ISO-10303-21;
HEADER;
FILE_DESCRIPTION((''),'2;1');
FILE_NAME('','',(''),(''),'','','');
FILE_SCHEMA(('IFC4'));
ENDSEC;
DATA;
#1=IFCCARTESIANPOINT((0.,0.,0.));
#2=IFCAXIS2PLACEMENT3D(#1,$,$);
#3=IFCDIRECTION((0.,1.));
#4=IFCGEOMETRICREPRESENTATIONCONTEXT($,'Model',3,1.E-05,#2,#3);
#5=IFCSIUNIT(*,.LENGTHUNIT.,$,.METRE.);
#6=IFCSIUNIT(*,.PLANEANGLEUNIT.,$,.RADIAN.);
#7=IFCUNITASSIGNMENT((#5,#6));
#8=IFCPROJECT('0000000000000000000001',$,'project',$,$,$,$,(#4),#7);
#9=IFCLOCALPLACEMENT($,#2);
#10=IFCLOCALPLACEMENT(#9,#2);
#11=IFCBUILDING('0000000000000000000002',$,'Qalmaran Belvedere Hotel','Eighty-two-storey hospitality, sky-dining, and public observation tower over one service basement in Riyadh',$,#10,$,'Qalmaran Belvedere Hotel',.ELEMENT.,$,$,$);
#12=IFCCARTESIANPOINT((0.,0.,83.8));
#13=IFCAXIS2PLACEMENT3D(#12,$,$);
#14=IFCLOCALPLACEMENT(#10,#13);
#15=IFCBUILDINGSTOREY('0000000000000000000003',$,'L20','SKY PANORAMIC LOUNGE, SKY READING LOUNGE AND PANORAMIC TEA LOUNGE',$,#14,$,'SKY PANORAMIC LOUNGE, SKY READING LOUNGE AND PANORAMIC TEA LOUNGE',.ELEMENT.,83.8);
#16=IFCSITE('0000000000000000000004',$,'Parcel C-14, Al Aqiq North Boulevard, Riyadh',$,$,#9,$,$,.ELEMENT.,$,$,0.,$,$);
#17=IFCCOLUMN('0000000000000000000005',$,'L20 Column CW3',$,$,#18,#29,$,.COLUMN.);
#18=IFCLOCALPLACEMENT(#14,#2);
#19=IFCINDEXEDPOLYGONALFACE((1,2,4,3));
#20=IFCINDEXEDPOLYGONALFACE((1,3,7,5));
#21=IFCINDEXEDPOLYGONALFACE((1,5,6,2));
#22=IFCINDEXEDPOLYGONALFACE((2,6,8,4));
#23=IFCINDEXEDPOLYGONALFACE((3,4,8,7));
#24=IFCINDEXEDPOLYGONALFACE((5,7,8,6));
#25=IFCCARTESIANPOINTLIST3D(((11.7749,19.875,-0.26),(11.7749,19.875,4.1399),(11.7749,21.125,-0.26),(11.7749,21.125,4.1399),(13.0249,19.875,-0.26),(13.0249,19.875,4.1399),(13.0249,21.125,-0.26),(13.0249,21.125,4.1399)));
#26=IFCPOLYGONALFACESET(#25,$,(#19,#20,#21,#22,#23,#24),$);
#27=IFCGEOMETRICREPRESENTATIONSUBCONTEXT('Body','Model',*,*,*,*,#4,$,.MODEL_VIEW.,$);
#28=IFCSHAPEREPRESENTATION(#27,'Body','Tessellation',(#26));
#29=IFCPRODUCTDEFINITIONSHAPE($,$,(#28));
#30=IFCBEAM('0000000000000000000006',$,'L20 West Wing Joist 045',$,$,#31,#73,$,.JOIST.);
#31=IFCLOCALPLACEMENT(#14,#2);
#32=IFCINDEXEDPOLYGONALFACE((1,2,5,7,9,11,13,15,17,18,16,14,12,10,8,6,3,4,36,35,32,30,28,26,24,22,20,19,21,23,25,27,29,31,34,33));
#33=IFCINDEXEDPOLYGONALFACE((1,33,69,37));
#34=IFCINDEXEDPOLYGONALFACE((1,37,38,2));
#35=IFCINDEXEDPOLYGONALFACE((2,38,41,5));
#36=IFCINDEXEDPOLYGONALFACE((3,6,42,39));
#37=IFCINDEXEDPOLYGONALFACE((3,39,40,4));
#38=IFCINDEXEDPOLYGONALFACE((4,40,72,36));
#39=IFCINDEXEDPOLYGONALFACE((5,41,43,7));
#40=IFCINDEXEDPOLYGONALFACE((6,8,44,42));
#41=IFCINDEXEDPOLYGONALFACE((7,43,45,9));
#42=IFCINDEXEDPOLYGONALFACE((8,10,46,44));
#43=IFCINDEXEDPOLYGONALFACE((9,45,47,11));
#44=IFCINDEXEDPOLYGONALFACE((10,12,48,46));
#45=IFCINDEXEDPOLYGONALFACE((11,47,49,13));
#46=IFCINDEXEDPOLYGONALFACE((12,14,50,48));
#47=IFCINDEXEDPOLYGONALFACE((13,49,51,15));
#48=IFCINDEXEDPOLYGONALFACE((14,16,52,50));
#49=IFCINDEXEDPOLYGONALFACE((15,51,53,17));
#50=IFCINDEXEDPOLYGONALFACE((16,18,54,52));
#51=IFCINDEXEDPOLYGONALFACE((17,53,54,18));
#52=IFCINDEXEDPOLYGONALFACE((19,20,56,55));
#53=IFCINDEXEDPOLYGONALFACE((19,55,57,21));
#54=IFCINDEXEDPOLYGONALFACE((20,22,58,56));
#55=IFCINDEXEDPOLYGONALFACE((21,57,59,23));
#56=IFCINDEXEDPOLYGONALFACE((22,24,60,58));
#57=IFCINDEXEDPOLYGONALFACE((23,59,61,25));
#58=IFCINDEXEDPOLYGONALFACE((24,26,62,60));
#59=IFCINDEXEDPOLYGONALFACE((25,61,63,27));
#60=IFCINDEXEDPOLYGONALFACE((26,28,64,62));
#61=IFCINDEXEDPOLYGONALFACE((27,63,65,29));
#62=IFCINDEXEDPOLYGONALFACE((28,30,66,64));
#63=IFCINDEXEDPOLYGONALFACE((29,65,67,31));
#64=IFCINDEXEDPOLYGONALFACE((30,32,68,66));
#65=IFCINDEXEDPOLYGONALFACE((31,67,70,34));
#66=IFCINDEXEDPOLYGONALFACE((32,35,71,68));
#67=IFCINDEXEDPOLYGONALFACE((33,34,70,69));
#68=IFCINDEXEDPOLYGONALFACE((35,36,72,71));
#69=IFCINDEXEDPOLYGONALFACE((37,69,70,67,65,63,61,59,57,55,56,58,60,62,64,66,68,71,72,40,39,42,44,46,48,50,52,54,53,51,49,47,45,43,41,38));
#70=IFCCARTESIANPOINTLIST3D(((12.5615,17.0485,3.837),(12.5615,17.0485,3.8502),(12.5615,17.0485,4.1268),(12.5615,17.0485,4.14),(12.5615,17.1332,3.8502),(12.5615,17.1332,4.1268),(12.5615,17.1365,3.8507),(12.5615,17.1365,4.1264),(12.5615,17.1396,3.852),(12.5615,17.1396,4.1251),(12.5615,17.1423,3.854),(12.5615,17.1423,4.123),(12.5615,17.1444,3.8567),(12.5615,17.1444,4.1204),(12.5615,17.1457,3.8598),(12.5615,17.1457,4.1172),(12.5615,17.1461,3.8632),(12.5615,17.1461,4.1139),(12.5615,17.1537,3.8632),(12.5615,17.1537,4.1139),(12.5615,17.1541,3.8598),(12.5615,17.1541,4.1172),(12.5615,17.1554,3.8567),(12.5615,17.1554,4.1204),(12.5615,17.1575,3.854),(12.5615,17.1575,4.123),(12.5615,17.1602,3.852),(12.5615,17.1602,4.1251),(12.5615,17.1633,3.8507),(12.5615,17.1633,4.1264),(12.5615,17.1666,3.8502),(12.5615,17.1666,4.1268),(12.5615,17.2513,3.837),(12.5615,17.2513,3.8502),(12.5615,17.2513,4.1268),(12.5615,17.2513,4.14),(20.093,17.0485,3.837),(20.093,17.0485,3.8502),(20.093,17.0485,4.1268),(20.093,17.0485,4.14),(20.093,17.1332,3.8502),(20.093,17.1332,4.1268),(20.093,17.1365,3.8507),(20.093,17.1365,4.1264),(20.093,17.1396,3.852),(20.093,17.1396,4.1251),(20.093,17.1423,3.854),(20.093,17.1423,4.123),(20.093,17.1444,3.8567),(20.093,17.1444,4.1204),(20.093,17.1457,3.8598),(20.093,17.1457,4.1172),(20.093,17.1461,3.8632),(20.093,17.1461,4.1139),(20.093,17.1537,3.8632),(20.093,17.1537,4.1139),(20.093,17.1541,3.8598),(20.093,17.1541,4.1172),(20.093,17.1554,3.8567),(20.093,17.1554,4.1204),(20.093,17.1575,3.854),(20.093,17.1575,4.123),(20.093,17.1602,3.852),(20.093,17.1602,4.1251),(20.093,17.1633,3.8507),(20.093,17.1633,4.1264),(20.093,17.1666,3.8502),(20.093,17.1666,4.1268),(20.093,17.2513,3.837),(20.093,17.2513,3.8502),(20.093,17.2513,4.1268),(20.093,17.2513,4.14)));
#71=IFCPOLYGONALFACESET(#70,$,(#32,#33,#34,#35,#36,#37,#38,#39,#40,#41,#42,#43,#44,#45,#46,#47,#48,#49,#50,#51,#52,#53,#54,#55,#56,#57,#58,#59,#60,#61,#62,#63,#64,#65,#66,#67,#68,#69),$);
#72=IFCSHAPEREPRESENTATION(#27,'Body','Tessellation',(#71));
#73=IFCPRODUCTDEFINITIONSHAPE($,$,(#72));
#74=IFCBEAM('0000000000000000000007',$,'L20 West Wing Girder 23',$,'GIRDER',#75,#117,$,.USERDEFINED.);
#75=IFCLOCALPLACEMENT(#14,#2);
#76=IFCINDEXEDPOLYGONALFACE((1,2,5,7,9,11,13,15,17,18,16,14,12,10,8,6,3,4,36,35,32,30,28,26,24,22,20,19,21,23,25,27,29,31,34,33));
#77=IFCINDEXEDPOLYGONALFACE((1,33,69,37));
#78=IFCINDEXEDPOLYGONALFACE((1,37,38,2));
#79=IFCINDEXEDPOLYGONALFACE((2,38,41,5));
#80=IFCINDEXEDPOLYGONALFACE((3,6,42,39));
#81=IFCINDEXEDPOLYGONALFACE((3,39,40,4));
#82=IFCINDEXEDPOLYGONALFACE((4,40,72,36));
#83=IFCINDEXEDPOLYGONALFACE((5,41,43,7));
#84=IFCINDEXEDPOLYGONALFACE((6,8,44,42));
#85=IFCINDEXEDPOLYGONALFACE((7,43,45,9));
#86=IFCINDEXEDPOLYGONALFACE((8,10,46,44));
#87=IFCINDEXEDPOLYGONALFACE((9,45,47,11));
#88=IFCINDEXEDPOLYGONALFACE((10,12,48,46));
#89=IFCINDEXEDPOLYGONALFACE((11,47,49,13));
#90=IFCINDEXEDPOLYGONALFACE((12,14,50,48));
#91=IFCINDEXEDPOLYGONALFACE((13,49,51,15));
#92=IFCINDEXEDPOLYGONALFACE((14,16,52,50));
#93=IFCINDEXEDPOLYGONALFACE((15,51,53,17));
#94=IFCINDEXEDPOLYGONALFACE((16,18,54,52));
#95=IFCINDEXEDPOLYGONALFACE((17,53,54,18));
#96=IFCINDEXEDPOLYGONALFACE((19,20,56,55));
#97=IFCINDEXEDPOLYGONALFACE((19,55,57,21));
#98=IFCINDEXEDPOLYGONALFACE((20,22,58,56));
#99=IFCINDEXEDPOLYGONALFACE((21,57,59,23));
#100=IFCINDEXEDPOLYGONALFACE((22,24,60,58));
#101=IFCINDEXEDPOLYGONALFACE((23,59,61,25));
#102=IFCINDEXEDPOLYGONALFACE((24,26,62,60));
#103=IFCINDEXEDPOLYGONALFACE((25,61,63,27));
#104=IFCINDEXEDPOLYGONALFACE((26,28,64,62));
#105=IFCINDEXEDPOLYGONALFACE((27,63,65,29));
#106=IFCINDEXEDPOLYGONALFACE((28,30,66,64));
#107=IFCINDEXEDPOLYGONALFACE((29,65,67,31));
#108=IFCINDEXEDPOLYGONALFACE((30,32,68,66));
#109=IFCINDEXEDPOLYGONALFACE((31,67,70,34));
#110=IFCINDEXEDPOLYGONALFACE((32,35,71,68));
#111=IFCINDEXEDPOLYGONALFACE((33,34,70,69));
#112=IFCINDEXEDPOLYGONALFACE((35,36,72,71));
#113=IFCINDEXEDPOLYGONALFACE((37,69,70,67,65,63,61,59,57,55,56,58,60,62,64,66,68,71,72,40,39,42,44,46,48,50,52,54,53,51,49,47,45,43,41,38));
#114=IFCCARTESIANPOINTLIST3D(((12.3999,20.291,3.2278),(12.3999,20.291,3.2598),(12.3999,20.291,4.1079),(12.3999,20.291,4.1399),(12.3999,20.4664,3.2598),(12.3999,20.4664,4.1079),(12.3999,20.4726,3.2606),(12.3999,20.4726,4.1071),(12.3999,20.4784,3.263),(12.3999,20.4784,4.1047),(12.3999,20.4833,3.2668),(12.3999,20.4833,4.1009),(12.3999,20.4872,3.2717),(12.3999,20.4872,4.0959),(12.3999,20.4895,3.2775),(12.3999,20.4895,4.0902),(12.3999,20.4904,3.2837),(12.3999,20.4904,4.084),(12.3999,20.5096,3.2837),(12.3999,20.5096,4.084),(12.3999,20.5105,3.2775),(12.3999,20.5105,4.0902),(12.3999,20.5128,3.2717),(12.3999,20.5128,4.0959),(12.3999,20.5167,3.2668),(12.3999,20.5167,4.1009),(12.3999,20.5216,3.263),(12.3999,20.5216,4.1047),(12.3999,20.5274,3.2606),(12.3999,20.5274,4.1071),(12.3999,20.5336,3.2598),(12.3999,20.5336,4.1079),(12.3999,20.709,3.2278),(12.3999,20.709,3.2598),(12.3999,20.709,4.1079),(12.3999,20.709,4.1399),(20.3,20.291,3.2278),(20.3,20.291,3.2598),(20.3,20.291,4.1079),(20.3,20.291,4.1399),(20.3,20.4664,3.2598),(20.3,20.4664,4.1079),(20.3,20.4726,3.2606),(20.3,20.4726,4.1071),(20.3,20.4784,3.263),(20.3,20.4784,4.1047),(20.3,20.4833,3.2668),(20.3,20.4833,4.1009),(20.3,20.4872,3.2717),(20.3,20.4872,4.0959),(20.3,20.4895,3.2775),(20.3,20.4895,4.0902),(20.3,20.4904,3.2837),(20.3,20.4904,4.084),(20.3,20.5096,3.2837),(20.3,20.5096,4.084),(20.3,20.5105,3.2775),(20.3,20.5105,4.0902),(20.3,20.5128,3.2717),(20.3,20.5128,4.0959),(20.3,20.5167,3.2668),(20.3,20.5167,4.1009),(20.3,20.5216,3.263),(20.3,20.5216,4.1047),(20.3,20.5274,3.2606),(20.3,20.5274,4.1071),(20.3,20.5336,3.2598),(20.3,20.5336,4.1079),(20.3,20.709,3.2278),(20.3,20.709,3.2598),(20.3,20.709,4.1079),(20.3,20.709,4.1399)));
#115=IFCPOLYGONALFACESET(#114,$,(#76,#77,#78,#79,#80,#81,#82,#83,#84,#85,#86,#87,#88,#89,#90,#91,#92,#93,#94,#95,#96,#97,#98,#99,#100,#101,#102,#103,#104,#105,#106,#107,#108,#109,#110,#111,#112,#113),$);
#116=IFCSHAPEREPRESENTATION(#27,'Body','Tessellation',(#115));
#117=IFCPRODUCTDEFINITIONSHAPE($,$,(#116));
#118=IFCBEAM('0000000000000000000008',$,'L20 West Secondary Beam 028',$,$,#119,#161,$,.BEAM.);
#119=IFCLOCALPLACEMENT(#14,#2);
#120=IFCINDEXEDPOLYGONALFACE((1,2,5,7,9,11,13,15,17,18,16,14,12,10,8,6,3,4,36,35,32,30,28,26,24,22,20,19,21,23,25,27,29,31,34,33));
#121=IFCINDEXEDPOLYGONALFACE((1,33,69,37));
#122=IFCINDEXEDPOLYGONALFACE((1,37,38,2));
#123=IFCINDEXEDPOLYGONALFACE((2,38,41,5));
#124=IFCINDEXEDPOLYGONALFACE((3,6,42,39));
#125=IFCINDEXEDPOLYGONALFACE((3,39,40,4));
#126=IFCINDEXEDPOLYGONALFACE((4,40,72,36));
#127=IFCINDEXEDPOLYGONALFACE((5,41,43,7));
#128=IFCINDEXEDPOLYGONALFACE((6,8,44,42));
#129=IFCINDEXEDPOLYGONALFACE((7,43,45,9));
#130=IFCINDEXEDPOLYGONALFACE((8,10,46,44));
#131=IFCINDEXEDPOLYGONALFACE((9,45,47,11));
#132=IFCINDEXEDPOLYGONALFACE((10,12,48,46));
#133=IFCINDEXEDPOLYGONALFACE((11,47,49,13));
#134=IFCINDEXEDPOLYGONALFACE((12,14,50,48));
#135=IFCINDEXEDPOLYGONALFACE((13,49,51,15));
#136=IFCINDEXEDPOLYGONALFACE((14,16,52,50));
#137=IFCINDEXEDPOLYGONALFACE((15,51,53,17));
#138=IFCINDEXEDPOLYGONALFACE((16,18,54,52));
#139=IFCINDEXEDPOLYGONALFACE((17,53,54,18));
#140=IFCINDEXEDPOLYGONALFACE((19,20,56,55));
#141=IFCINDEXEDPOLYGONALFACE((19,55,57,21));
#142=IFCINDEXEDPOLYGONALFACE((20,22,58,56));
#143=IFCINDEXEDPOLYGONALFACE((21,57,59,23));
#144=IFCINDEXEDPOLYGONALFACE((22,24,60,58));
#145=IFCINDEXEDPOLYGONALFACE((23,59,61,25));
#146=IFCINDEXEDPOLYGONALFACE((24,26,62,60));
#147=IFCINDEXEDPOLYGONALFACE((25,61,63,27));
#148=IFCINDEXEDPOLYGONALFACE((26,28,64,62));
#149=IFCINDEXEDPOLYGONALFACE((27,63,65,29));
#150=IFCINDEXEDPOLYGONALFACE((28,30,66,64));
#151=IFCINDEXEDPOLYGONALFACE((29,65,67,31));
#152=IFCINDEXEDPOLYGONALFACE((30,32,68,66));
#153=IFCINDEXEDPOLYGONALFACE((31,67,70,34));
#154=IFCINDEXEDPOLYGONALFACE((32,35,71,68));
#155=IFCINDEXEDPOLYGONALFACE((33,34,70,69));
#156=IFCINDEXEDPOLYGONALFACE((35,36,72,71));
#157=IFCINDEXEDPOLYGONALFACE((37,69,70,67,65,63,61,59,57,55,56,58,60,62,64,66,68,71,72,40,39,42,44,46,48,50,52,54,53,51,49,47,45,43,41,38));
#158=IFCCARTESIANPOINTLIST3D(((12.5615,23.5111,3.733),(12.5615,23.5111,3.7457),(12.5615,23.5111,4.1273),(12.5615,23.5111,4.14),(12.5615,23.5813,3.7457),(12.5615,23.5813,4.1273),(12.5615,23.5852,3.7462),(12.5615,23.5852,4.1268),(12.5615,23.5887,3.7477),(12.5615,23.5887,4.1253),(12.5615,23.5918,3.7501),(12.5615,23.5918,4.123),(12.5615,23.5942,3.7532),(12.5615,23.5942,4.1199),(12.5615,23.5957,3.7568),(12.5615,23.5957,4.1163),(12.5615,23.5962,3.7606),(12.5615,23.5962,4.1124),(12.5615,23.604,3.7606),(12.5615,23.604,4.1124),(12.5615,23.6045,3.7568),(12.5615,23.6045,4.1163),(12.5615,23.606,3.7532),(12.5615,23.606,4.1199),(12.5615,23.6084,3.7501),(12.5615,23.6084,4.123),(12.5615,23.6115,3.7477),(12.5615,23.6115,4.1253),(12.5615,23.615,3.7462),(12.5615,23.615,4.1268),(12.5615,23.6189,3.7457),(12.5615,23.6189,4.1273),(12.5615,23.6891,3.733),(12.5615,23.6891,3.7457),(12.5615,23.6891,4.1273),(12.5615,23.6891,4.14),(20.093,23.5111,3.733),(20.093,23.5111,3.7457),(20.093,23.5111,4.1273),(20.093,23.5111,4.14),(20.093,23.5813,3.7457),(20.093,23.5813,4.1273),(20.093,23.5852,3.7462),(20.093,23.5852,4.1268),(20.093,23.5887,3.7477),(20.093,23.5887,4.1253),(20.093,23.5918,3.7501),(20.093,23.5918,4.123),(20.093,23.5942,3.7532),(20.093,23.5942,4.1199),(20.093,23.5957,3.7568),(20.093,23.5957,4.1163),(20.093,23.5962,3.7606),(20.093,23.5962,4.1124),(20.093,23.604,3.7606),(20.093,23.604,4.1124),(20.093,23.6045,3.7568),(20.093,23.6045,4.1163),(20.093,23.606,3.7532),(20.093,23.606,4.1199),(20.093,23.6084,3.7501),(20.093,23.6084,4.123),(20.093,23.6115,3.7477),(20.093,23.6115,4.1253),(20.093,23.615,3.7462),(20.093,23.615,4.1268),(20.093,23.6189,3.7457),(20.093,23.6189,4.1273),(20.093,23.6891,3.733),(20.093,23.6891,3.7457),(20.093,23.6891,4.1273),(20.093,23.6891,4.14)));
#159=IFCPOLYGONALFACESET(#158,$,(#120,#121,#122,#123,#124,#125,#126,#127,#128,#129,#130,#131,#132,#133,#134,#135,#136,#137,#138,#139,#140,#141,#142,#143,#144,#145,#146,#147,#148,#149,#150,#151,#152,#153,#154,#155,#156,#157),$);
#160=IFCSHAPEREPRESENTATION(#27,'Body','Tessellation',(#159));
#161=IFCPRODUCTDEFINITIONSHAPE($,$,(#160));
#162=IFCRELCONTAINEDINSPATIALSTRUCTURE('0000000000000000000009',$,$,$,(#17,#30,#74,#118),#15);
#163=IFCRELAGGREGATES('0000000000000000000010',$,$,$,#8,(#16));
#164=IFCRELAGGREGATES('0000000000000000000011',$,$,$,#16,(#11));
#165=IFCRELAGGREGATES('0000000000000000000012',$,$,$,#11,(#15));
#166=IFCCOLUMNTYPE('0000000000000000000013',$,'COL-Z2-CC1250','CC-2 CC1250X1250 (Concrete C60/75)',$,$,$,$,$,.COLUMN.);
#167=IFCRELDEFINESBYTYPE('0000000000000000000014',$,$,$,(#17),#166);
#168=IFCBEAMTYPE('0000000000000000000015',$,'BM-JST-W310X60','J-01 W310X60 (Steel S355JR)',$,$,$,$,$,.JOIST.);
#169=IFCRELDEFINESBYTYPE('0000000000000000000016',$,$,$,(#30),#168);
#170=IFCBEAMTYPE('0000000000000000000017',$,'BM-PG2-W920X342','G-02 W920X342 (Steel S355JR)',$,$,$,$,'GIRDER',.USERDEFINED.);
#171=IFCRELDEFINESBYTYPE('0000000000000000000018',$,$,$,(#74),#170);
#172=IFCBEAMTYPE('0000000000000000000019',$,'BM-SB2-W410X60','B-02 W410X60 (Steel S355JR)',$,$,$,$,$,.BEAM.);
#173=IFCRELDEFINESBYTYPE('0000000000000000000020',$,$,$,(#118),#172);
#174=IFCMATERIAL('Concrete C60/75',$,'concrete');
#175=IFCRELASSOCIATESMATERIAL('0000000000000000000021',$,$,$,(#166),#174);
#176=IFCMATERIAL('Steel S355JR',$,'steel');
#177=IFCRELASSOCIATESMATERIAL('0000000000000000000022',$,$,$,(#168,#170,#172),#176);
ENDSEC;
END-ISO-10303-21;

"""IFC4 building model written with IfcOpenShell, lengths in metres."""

from ifc_helpers import new_model, si_unit, direction, frame, origin, origin_2d, place, context, subcontext, project, spatial, rectangle, i_section, extrude, material, material_profile, profile_set, type_object, element, save


model = new_model("IFC4")

# Units and contexts
model_context = context("Model", 3, precision=1e-05, world=origin(), true_north=direction((0.0, 1.0)))
body_context = subcontext(model_context, "Body", "Model", "MODEL_VIEW")
ifc_project = project(units=[si_unit("LENGTHUNIT", "METRE"), si_unit("PLANEANGLEUNIT", "RADIAN")], contexts=[model_context])

# Site, building, storey
site_placement = place(None, origin())
site = spatial("IfcSite", under=ifc_project, at=site_placement, Name="Parcel C-14, Al Aqiq North Boulevard, Riyadh", CompositionType="ELEMENT", RefElevation=0.0)
building_placement = place(site_placement, origin())
building = spatial("IfcBuilding", under=site, at=building_placement, Name="Qalmaran Belvedere Hotel", Description="Eighty-two-storey hospitality, sky-dining, and public observation tower over one service basement in Riyadh", LongName="Qalmaran Belvedere Hotel", CompositionType="ELEMENT")
storey_placement = place(building_placement, frame((0.0, 0.0, 83.8)))
storey = spatial("IfcBuildingStorey", under=building, at=storey_placement, Name="L20", Description="SKY PANORAMIC LOUNGE, SKY READING LOUNGE AND PANORAMIC TEA LOUNGE", LongName="SKY PANORAMIC LOUNGE, SKY READING LOUNGE AND PANORAMIC TEA LOUNGE", CompositionType="ELEMENT", Elevation=83.8)

# Column
ifc_material_1 = material(Name="Concrete C60/75", Category="concrete")
ifc_material_profile_1 = material_profile(ifc_material_1, rectangle(XDim=1.25, YDim=1.25, at=origin_2d()), Name="CC1250X1250")
ifc_profile_set_1 = profile_set([ifc_material_profile_1], Name="Concrete C60/75")
column_type = type_object("IfcColumnType", Name="COL-Z2-CC1250", Description="CC-2 CC1250X1250 (Concrete C60/75)", PredefinedType="COLUMN", material=ifc_profile_set_1)
column_placement = place(storey_placement, frame((12.3999, 20.5, -0.26), z_axis=(0.0, 0.0, 1.0), x_axis=(1.0, 0.0, 0.0)))
element("IfcColumn", 1, at=column_placement, inside=storey, type_object=column_type, Name="L20 Column CW3", PredefinedType="COLUMN", context=body_context, shape_type="SweptSolid", body=[
    extrude(rectangle(XDim=1.25, YDim=1.25, at=origin_2d()), origin(), (0.0, 0.0, 1.0), 4.3999),
])

# Beams
ifc_material_2 = material(Name="Steel S355JR", Category="steel")
ifc_material_profile_2 = material_profile(ifc_material_2, i_section(OverallWidth=0.2029, OverallDepth=0.303, WebThickness=0.0076, FlangeThickness=0.0132, FilletRadius=0.0129, at=origin_2d()), Name="W310X60")
ifc_profile_set_2 = profile_set([ifc_material_profile_2], Name="Steel S355JR")
beam_type_1 = type_object("IfcBeamType", Name="BM-JST-W310X60", Description="J-01 W310X60 (Steel S355JR)", PredefinedType="JOIST", material=ifc_profile_set_2)
beam_1_placement = place(storey_placement, frame((12.5615, 17.1499, 3.9885), z_axis=(1.0, 0.0, 0.0), x_axis=(0.0, 1.0, 0.0)))
element("IfcBeam", 2, at=beam_1_placement, inside=storey, type_object=beam_type_1, Name="L20 West Wing Joist 045", PredefinedType="JOIST", context=body_context, shape_type="SweptSolid", body=[
    extrude(i_section(OverallWidth=0.2029, OverallDepth=0.303, WebThickness=0.0076, FlangeThickness=0.0132, FilletRadius=0.0129, at=origin_2d()), origin(), (0.0, 0.0, 1.0), 7.5315),
])
ifc_material_profile_3 = material_profile(ifc_material_2, i_section(OverallWidth=0.418, OverallDepth=0.9121, WebThickness=0.0193, FlangeThickness=0.032, FilletRadius=0.0239, at=origin_2d()), Name="W920X342")
ifc_profile_set_3 = profile_set([ifc_material_profile_3], Name="Steel S355JR")
beam_type_2 = type_object("IfcBeamType", Name="BM-PG2-W920X342", Description="G-02 W920X342 (Steel S355JR)", ElementType="GIRDER", PredefinedType="USERDEFINED", material=ifc_profile_set_3)
beam_2_placement = place(storey_placement, frame((12.3999, 20.5, 3.6838), z_axis=(1.0, 0.0, 0.0), x_axis=(0.0, 1.0, 0.0)))
element("IfcBeam", 3, at=beam_2_placement, inside=storey, type_object=beam_type_2, Name="L20 West Wing Girder 23", ObjectType="GIRDER", PredefinedType="USERDEFINED", context=body_context, shape_type="SweptSolid", body=[
    extrude(i_section(OverallWidth=0.418, OverallDepth=0.9121, WebThickness=0.0193, FlangeThickness=0.032, FilletRadius=0.0239, at=origin_2d()), origin(), (0.0, 0.0, 1.0), 7.9001),
])
ifc_material_profile_4 = material_profile(ifc_material_2, i_section(OverallWidth=0.178, OverallDepth=0.407, WebThickness=0.0078, FlangeThickness=0.0127, FilletRadius=0.0149, at=origin_2d()), Name="W410X60")
ifc_profile_set_4 = profile_set([ifc_material_profile_4], Name="Steel S355JR")
beam_type_3 = type_object("IfcBeamType", Name="BM-SB2-W410X60", Description="B-02 W410X60 (Steel S355JR)", PredefinedType="BEAM", material=ifc_profile_set_4)
for number, where, z_axis, x_axis, name in (
    (4, (12.5615, 23.6001, 3.9365), (1.0, 0.0, 0.0), (0.0, 1.0, 0.0), "L20 West Secondary Beam 028"),
):
    element("IfcBeam", number, at=place(storey_placement, frame(where, z_axis=z_axis, x_axis=x_axis)), inside=storey, type_object=beam_type_3, Name=name, PredefinedType="BEAM", context=body_context, shape_type="SweptSolid", body=[
        extrude(i_section(OverallWidth=0.178, OverallDepth=0.407, WebThickness=0.0078, FlangeThickness=0.0127, FilletRadius=0.0149, at=origin_2d()), origin(), (0.0, 0.0, 1.0), 7.5315),
    ])

save(model, "model.ifc")
